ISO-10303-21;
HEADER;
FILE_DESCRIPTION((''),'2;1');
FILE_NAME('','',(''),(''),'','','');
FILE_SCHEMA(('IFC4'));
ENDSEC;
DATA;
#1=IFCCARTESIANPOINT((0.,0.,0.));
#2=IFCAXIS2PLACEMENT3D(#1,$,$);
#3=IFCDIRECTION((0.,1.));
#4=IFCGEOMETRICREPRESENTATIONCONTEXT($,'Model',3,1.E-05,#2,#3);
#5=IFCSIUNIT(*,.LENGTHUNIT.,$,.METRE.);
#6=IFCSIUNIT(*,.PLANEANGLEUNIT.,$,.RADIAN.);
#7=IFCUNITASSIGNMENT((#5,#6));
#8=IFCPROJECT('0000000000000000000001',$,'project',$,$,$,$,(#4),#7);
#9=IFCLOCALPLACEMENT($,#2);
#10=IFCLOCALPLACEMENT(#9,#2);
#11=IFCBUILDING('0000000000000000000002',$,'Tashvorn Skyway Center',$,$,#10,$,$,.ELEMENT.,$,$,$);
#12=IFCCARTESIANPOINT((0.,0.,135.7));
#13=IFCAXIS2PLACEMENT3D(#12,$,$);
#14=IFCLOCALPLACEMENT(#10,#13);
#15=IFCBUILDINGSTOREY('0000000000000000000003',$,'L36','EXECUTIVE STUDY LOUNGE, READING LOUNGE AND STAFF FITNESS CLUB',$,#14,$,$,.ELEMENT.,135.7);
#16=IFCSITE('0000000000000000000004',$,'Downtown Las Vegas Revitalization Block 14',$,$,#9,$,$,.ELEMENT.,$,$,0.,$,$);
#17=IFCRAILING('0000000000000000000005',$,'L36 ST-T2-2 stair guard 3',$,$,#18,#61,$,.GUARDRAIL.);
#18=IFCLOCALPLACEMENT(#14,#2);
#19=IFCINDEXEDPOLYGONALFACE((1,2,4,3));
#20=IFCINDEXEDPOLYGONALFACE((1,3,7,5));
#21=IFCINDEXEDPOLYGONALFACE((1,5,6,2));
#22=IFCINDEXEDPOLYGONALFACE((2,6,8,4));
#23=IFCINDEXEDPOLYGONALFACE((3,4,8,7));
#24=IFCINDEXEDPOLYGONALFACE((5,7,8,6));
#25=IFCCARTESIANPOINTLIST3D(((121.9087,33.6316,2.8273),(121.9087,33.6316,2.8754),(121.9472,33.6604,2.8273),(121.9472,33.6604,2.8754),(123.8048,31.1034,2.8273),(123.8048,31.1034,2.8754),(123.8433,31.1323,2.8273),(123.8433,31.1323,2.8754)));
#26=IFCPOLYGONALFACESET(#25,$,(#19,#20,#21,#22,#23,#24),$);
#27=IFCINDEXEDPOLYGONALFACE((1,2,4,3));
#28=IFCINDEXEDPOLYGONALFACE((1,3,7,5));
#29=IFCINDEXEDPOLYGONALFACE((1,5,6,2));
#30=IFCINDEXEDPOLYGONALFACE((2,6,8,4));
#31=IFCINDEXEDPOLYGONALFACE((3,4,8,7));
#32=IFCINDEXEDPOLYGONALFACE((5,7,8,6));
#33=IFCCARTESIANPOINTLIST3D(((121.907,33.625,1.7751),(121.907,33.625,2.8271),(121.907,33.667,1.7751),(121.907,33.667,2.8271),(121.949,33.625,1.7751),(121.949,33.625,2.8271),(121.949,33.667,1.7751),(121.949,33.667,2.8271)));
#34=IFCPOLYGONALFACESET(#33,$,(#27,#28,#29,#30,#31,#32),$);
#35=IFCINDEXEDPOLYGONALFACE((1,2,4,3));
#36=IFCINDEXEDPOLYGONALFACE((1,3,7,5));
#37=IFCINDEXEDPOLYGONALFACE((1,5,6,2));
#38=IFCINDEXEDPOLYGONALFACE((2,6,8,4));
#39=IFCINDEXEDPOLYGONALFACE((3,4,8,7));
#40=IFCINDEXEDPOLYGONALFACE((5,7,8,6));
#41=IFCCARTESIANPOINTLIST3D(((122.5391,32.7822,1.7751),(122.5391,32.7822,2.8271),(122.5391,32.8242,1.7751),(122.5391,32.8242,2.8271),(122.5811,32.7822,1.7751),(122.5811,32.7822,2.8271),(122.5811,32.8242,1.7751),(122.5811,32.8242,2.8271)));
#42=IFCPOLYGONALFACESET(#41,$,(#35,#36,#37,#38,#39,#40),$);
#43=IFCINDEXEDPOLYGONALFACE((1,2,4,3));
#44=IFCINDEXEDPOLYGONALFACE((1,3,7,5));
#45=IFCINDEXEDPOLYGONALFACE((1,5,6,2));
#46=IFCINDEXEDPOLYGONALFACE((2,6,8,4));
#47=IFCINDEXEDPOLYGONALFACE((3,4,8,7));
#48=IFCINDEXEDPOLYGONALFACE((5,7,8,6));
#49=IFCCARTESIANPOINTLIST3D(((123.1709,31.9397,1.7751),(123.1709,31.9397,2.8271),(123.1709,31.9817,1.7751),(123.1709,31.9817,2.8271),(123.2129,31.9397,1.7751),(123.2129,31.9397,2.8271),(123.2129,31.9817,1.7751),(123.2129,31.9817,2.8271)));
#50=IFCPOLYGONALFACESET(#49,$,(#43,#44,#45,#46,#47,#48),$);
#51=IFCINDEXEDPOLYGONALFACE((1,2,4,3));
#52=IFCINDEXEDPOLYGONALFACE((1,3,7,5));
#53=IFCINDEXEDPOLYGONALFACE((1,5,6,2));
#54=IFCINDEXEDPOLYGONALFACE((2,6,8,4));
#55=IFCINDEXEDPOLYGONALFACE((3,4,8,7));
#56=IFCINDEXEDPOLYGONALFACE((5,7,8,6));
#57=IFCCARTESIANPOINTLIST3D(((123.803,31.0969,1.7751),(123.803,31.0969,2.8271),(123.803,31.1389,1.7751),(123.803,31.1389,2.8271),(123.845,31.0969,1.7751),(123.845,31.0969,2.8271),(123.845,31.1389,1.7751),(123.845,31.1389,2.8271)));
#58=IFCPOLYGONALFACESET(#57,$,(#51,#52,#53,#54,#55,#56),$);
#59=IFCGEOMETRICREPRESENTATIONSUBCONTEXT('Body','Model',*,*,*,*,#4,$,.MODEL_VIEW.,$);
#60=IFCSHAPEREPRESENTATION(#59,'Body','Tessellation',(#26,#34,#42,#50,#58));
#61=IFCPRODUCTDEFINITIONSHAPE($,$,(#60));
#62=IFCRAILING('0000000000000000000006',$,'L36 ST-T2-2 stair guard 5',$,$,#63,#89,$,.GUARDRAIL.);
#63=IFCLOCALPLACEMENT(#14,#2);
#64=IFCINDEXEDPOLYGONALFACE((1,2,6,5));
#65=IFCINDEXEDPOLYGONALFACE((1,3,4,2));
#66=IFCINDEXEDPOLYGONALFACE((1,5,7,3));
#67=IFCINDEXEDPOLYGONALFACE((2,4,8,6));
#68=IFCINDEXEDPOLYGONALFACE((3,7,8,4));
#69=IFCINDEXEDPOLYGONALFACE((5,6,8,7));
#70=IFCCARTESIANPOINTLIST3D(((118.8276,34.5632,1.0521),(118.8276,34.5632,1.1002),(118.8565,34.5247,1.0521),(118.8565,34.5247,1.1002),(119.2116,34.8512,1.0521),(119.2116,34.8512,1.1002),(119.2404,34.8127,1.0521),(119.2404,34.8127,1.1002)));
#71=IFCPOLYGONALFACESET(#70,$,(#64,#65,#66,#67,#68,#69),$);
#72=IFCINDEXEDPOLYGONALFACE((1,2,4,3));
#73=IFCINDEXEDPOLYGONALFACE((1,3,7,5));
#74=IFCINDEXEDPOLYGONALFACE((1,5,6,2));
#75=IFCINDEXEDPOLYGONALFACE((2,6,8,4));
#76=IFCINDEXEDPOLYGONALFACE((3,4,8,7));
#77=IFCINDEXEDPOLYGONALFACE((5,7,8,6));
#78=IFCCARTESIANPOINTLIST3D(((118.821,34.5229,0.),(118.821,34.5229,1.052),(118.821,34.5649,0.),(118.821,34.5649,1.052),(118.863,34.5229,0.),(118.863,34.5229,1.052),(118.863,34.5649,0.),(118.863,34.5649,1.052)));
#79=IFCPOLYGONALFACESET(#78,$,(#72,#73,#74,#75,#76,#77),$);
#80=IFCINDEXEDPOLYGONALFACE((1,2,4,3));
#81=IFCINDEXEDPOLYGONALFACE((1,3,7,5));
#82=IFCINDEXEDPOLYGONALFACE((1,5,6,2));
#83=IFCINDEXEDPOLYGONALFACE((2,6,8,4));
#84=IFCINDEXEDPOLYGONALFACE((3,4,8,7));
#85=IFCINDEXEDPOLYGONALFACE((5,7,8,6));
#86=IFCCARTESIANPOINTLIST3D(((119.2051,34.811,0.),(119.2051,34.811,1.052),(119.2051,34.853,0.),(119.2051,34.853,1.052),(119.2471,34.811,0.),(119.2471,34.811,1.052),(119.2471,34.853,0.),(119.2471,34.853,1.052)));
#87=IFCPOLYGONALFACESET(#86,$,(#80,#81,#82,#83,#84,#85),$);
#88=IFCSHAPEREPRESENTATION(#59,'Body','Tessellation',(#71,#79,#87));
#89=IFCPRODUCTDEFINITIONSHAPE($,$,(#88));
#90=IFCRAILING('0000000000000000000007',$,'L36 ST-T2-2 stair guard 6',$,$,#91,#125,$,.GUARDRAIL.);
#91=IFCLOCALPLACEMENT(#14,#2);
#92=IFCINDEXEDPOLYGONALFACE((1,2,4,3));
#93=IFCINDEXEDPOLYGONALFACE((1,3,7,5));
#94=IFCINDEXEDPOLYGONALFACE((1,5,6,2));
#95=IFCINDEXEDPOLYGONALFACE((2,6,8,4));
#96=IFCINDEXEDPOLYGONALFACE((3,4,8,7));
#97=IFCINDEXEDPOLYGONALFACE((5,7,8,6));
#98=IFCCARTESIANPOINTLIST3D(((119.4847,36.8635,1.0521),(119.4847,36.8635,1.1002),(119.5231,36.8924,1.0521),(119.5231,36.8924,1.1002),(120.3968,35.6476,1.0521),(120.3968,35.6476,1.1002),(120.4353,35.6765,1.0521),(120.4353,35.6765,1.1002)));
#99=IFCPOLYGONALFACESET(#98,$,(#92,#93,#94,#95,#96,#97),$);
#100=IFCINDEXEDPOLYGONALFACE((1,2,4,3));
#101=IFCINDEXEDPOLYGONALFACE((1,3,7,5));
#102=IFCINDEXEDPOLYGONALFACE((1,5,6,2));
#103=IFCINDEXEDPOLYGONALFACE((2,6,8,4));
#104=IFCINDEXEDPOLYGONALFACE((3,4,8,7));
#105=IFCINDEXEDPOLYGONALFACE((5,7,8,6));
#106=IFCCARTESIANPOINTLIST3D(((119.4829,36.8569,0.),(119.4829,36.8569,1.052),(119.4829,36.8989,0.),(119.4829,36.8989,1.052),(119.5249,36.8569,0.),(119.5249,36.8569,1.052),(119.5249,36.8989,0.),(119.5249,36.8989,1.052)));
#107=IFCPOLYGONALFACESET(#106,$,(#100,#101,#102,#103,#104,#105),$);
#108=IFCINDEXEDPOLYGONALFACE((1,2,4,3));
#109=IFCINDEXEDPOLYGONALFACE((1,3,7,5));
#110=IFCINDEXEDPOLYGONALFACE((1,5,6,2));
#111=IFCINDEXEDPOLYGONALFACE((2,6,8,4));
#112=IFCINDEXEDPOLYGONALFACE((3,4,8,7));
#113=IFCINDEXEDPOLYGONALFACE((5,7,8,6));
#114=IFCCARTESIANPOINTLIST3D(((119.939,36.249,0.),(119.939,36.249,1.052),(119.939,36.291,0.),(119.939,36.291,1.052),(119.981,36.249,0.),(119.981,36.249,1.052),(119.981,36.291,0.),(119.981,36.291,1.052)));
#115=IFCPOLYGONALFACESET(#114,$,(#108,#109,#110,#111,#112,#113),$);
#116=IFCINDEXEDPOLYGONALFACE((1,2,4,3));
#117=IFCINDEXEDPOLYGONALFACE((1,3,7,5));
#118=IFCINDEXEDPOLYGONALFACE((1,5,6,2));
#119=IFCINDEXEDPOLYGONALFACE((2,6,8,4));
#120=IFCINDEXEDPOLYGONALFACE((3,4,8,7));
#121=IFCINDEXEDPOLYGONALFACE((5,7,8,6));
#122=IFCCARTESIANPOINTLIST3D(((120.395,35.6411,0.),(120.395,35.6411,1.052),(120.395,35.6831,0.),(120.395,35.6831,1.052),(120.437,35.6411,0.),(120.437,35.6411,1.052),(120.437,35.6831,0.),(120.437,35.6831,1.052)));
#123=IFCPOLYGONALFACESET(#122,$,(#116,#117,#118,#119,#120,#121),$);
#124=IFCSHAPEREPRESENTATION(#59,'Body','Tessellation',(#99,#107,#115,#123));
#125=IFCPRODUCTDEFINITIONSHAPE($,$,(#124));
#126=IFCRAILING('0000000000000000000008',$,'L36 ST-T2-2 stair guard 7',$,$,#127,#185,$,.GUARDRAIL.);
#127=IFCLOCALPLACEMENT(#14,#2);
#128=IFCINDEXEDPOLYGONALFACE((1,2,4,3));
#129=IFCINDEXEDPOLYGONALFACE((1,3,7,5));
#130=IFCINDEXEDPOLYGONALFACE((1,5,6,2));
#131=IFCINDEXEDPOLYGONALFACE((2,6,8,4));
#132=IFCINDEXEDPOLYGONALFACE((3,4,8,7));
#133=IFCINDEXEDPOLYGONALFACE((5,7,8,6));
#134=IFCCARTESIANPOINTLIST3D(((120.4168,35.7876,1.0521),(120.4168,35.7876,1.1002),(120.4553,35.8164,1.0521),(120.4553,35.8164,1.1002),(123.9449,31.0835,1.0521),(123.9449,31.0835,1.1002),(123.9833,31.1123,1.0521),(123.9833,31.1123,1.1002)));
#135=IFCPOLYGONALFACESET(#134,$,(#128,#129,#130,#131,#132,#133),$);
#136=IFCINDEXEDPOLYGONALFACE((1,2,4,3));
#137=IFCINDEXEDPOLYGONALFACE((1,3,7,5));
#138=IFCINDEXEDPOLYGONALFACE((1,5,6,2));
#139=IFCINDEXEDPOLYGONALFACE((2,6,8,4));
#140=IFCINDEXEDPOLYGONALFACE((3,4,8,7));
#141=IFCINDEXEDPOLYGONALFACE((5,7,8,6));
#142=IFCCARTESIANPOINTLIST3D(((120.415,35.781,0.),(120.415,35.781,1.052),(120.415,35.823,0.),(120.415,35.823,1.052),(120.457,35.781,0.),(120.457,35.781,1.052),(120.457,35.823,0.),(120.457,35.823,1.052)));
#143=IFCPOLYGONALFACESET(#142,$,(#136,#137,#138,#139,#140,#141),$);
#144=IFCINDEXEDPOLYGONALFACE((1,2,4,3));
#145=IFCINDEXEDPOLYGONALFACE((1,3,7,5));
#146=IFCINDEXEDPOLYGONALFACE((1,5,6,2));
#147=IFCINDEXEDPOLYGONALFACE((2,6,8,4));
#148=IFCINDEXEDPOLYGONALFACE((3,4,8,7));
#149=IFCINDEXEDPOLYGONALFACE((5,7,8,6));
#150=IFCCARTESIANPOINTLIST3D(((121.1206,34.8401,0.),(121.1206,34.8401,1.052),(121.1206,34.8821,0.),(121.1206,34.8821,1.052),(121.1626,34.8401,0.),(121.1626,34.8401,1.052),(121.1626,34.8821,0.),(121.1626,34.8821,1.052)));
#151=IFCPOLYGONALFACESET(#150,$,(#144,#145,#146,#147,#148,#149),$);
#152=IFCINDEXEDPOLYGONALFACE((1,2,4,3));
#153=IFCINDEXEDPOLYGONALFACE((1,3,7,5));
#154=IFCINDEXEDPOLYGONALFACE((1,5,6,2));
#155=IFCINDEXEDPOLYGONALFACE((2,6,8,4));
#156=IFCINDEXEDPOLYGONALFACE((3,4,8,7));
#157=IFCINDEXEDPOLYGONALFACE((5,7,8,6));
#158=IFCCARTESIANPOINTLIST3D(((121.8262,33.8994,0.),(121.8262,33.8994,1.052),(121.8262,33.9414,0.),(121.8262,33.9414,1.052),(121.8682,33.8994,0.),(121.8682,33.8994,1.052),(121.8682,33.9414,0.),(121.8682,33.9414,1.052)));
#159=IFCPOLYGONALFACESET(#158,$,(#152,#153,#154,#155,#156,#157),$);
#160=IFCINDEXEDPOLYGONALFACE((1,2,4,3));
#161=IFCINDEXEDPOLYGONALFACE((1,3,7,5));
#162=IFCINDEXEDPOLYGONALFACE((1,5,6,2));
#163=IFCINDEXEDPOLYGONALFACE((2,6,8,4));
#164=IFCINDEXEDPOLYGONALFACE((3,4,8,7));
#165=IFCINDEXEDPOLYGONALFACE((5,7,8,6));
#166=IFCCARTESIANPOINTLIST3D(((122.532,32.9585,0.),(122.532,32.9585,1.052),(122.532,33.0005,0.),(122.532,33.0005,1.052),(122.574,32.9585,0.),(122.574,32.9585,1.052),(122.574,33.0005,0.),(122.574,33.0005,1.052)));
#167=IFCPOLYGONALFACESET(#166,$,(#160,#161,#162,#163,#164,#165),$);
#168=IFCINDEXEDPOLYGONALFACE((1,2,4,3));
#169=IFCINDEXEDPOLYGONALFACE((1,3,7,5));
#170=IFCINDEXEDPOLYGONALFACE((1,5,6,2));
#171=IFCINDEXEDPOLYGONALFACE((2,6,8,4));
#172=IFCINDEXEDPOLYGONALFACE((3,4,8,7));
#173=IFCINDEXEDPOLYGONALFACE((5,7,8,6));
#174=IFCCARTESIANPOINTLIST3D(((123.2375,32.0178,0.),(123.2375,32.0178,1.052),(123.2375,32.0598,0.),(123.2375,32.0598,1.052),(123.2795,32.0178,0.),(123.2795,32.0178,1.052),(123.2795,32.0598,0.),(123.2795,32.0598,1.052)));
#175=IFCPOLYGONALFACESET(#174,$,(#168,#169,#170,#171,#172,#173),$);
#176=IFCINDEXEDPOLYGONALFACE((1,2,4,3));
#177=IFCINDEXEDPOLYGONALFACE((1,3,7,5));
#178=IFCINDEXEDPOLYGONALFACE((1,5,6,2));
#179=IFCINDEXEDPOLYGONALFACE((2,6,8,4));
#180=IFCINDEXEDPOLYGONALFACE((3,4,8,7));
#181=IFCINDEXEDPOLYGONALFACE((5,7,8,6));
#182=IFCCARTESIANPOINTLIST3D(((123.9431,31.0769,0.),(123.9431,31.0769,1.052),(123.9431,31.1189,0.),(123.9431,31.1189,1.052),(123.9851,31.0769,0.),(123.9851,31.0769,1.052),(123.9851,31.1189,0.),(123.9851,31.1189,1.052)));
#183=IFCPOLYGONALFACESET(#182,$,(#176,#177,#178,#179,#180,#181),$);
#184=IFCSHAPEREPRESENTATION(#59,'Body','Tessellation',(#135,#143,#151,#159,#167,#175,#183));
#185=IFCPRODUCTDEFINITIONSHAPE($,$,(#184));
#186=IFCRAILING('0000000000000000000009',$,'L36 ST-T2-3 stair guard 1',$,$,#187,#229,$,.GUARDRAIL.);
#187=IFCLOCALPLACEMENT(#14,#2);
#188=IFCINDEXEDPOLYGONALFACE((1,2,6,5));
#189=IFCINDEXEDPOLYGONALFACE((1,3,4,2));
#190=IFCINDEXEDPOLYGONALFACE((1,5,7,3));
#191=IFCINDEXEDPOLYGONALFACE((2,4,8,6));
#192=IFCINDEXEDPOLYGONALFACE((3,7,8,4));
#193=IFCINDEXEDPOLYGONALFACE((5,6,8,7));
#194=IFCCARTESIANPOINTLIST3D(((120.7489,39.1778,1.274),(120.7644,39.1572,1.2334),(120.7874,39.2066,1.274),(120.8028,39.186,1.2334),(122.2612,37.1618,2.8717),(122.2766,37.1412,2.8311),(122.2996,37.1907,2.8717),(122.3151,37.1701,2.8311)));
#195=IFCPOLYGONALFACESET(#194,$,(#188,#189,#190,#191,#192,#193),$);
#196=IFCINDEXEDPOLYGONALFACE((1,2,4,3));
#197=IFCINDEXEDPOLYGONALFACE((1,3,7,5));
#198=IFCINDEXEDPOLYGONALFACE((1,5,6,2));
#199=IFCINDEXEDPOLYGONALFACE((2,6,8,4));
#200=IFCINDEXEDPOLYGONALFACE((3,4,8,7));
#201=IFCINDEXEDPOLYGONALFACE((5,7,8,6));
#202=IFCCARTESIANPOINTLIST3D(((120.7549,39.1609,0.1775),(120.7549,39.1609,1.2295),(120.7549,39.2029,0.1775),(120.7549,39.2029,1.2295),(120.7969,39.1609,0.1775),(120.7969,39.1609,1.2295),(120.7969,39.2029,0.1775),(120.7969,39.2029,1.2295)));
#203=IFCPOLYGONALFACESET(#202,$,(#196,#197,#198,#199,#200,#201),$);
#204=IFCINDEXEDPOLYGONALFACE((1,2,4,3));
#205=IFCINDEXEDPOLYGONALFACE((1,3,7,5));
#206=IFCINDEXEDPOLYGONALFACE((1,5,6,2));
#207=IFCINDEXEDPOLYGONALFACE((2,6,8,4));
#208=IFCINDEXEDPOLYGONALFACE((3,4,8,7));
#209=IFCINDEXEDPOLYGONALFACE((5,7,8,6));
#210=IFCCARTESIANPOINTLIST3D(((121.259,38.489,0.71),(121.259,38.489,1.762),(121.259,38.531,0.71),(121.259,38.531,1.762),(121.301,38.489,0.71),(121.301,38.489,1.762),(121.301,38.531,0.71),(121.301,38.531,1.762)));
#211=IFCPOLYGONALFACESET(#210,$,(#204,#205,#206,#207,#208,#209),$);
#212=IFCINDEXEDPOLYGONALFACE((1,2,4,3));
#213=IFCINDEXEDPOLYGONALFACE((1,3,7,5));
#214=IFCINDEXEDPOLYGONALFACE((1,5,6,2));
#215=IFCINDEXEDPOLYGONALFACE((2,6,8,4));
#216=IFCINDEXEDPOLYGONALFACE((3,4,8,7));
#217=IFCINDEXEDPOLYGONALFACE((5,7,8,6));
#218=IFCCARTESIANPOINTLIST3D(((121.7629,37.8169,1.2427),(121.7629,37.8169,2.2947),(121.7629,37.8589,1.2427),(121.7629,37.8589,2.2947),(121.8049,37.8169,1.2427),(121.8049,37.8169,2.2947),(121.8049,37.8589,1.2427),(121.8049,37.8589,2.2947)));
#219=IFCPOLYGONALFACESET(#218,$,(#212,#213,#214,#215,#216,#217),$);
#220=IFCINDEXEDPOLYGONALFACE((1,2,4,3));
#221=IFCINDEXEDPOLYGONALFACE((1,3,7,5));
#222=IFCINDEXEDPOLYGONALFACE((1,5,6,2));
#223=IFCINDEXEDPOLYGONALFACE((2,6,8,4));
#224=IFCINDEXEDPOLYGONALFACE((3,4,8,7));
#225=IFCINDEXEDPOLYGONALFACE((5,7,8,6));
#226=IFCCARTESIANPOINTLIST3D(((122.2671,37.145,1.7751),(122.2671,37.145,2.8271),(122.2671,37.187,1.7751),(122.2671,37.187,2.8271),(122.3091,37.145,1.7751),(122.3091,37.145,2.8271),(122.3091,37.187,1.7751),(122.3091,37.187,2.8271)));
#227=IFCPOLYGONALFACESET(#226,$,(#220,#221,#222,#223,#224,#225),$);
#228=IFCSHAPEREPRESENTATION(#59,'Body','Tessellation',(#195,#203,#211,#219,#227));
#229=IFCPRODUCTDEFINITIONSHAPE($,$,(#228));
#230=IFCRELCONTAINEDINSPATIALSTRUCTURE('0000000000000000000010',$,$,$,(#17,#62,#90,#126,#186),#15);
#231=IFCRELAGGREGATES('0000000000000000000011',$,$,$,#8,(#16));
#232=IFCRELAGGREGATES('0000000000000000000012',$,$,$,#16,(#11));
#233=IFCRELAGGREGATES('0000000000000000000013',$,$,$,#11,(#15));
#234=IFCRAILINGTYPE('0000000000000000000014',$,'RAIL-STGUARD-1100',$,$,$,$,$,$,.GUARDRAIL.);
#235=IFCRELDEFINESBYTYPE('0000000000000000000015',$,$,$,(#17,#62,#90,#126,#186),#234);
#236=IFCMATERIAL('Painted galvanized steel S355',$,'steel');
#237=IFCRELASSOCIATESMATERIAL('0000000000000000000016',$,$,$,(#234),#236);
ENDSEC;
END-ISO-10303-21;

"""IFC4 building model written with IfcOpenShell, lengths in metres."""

from ifc_helpers import new_model, si_unit, direction, frame, origin, origin_2d, place, context, subcontext, project, spatial, rectangle, extrude, material, type_object, element, save


model = new_model("IFC4")

# Units and contexts
model_context = context("Model", 3, precision=1e-05, world=origin(), true_north=direction((0.0, 1.0)))
body_context = subcontext(model_context, "Body", "Model", "MODEL_VIEW")
ifc_project = project(units=[si_unit("LENGTHUNIT", "METRE"), si_unit("PLANEANGLEUNIT", "RADIAN")], contexts=[model_context])

# Site, building, storey
site_placement = place(None, origin())
site = spatial("IfcSite", under=ifc_project, at=site_placement, Name="Downtown Las Vegas Revitalization Block 14", CompositionType="ELEMENT", RefElevation=0.0)
building_placement = place(site_placement, origin())
building = spatial("IfcBuilding", under=site, at=building_placement, Name="Tashvorn Skyway Center", CompositionType="ELEMENT")
storey_placement = place(building_placement, frame((0.0, 0.0, 135.7)))
storey = spatial("IfcBuildingStorey", under=building, at=storey_placement, Name="L36", Description="EXECUTIVE STUDY LOUNGE, READING LOUNGE AND STAFF FITNESS CLUB", CompositionType="ELEMENT", Elevation=135.7)

# Railings
ifc_material_1 = material(Name="Painted galvanized steel S355", Category="steel")
railing_type_1 = type_object("IfcRailingType", Name="RAIL-STGUARD-1100", PredefinedType="GUARDRAIL", material=ifc_material_1)
railing_1_placement = place(storey_placement, frame((121.928, 33.646, 1.7751)))
element("IfcRailing", 1, at=railing_1_placement, inside=storey, type_object=railing_type_1, Name="L36 ST-T2-2 stair guard 3", PredefinedType="GUARDRAIL", context=body_context, shape_type="SweptSolid", body=[
    extrude(rectangle(XDim=0.0481, YDim=0.0481, at=origin_2d()), frame((0.0, 0.0, 1.0762), z_axis=(0.599988, -0.800009, 0.0), x_axis=(0.800009, 0.599988, 0.0)), (0.0, 0.0, 1.0), 3.1602),
    extrude(rectangle(XDim=0.042, YDim=0.042, at=origin_2d()), origin(), (0.0, 0.0, 1.0), 1.052),
    extrude(rectangle(XDim=0.042, YDim=0.042, at=origin_2d()), frame((0.6321, -0.8428, 0.0)), (0.0, 0.0, 1.0), 1.052),
    extrude(rectangle(XDim=0.042, YDim=0.042, at=origin_2d()), frame((1.2639, -1.6853, 0.0)), (0.0, 0.0, 1.0), 1.052),
    extrude(rectangle(XDim=0.042, YDim=0.042, at=origin_2d()), frame((1.896, -2.5281, 0.0)), (0.0, 0.0, 1.0), 1.052),
])
railing_2_placement = place(storey_placement, frame((118.842, 34.5439, 0.0)))
element("IfcRailing", 2, at=railing_2_placement, inside=storey, type_object=railing_type_1, Name="L36 ST-T2-2 stair guard 5", PredefinedType="GUARDRAIL", context=body_context, shape_type="SweptSolid", body=[
    extrude(rectangle(XDim=0.0481, YDim=0.0481, at=origin_2d()), frame((0.0, 0.0, 1.0762), z_axis=(0.799939, 0.600081, 0.0), x_axis=(-0.600081, 0.799939, 0.0)), (0.0, 0.0, 1.0), 0.48),
    extrude(rectangle(XDim=0.042, YDim=0.042, at=origin_2d()), origin(), (0.0, 0.0, 1.0), 1.052),
    extrude(rectangle(XDim=0.042, YDim=0.042, at=origin_2d()), frame((0.384, 0.2881, 0.0)), (0.0, 0.0, 1.0), 1.052),
])
railing_3_placement = place(storey_placement, frame((119.5039, 36.8779, 0.0)))
element("IfcRailing", 3, at=railing_3_placement, inside=storey, type_object=railing_type_1, Name="L36 ST-T2-2 stair guard 6", PredefinedType="GUARDRAIL", context=body_context, shape_type="SweptSolid", body=[
    extrude(rectangle(XDim=0.0481, YDim=0.0481, at=origin_2d()), frame((0.0, 0.0, 1.0762), z_axis=(0.600103, -0.799923, 0.0), x_axis=(0.799923, 0.600103, 0.0)), (0.0, 0.0, 1.0), 1.52),
    extrude(rectangle(XDim=0.042, YDim=0.042, at=origin_2d()), origin(), (0.0, 0.0, 1.0), 1.052),
    extrude(rectangle(XDim=0.042, YDim=0.042, at=origin_2d()), frame((0.4561, -0.6079, 0.0)), (0.0, 0.0, 1.0), 1.052),
    extrude(rectangle(XDim=0.042, YDim=0.042, at=origin_2d()), frame((0.9121, -1.2158, 0.0)), (0.0, 0.0, 1.0), 1.052),
])
railing_4_placement = place(storey_placement, frame((120.436, 35.802, 0.0)))
element("IfcRailing", 4, at=railing_4_placement, inside=storey, type_object=railing_type_1, Name="L36 ST-T2-2 stair guard 7", PredefinedType="GUARDRAIL", context=body_context, shape_type="SweptSolid", body=[
    extrude(rectangle(XDim=0.0481, YDim=0.0481, at=origin_2d()), frame((0.0, 0.0, 1.0762), z_axis=(0.6, -0.8, 0.0), x_axis=(0.8, 0.6, 0.0)), (0.0, 0.0, 1.0), 5.8801),
    extrude(rectangle(XDim=0.042, YDim=0.042, at=origin_2d()), origin(), (0.0, 0.0, 1.0), 1.052),
    extrude(rectangle(XDim=0.042, YDim=0.042, at=origin_2d()), frame((0.7056, -0.9409, 0.0)), (0.0, 0.0, 1.0), 1.052),
    extrude(rectangle(XDim=0.042, YDim=0.042, at=origin_2d()), frame((1.4111, -1.8816, 0.0)), (0.0, 0.0, 1.0), 1.052),
    extrude(rectangle(XDim=0.042, YDim=0.042, at=origin_2d()), frame((2.1169, -2.8225, 0.0)), (0.0, 0.0, 1.0), 1.052),
    extrude(rectangle(XDim=0.042, YDim=0.042, at=origin_2d()), frame((2.8225, -3.7632, 0.0)), (0.0, 0.0, 1.0), 1.052),
    extrude(rectangle(XDim=0.042, YDim=0.042, at=origin_2d()), frame((3.5281, -4.7041, 0.0)), (0.0, 0.0, 1.0), 1.052),
])
railing_5_placement = place(storey_placement, frame((120.7759, 39.1819, 0.1775)))
element("IfcRailing", 5, at=railing_5_placement, inside=storey, type_object=railing_type_1, Name="L36 ST-T2-3 stair guard 1", PredefinedType="GUARDRAIL", context=body_context, shape_type="SweptSolid", body=[
    extrude(rectangle(XDim=0.0481, YDim=0.0481, at=origin_2d()), frame((0.0, 0.0, 1.0762), z_axis=(0.506807, -0.675607, 0.535445), x_axis=(0.799942, 0.600078, 0.0)), (0.0, 0.0, 1.0), 2.9839),
    extrude(rectangle(XDim=0.042, YDim=0.042, at=origin_2d()), origin(), (0.0, 0.0, 1.0), 1.052),
    extrude(rectangle(XDim=0.042, YDim=0.042, at=origin_2d()), frame((0.5042, -0.6719, 0.5325)), (0.0, 0.0, 1.0), 1.052),
    extrude(rectangle(XDim=0.042, YDim=0.042, at=origin_2d()), frame((1.0081, -1.344, 1.0652)), (0.0, 0.0, 1.0), 1.052),
    extrude(rectangle(XDim=0.042, YDim=0.042, at=origin_2d()), frame((1.5122, -2.0159, 1.5977)), (0.0, 0.0, 1.0), 1.052),
])

save(model, "model.ifc")
